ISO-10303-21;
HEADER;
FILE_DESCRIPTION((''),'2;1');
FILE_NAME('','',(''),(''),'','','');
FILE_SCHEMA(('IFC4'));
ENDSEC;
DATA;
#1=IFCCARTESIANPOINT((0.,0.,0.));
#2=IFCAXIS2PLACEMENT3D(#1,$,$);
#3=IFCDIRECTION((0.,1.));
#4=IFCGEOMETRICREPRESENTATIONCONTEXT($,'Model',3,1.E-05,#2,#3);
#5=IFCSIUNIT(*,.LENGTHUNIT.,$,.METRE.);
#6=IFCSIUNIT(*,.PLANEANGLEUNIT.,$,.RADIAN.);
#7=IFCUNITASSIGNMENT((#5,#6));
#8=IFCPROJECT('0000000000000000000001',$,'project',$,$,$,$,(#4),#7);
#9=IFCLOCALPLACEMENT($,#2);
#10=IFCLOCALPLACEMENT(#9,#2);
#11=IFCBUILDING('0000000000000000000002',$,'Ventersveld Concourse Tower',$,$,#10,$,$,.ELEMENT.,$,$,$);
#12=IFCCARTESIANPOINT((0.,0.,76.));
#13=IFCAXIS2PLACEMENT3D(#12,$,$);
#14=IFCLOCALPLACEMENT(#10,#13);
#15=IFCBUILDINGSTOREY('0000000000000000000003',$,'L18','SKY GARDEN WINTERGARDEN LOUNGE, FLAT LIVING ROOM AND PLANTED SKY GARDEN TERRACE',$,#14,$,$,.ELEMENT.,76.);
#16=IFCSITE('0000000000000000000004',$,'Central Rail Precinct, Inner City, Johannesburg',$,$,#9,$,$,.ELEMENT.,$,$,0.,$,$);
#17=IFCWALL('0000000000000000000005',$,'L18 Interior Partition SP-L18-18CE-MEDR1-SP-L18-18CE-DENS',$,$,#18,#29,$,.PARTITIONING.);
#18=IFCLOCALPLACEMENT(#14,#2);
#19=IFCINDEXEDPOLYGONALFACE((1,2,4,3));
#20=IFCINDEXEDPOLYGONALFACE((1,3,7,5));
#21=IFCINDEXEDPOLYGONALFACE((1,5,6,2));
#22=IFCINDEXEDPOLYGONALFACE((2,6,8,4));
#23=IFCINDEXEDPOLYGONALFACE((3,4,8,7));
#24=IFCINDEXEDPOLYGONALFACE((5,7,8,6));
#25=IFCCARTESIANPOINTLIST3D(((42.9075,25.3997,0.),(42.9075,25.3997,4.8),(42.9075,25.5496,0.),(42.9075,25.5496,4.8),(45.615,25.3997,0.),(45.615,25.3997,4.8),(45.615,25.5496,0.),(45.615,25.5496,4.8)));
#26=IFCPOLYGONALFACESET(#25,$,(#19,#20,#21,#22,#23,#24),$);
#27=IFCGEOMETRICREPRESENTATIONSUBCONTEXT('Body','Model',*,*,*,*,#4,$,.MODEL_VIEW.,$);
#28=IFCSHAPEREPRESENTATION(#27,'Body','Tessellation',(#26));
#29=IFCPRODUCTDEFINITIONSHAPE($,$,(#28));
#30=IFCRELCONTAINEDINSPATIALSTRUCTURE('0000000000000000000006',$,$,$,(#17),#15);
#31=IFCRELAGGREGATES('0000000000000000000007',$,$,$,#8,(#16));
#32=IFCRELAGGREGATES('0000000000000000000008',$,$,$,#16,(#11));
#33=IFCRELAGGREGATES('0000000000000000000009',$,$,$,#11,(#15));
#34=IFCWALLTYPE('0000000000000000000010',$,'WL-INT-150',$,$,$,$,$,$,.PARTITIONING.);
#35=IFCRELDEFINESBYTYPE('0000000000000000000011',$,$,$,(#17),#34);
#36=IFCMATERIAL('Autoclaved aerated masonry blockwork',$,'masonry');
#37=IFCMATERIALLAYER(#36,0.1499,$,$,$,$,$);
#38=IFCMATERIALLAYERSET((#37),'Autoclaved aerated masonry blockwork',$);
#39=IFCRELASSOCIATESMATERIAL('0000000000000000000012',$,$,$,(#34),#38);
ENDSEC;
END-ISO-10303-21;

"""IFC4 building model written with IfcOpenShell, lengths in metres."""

from ifc_helpers import new_model, si_unit, direction, frame, frame_2d, origin, place, context, subcontext, project, spatial, rectangle, extrude, material, layer, layer_set, type_object, element, save


model = new_model("IFC4")

# Units and contexts
model_context = context("Model", 3, precision=1e-05, world=origin(), true_north=direction((0.0, 1.0)))
body_context = subcontext(model_context, "Body", "Model", "MODEL_VIEW")
ifc_project = project(units=[si_unit("LENGTHUNIT", "METRE"), si_unit("PLANEANGLEUNIT", "RADIAN")], contexts=[model_context])

# Site, building, storey
site_placement = place(None, origin())
site = spatial("IfcSite", under=ifc_project, at=site_placement, Name="Central Rail Precinct, Inner City, Johannesburg", CompositionType="ELEMENT", RefElevation=0.0)
building_placement = place(site_placement, origin())
building = spatial("IfcBuilding", under=site, at=building_placement, Name="Ventersveld Concourse Tower", CompositionType="ELEMENT")
storey_placement = place(building_placement, frame((0.0, 0.0, 76.0)))
storey = spatial("IfcBuildingStorey", under=building, at=storey_placement, Name="L18", Description="SKY GARDEN WINTERGARDEN LOUNGE, FLAT LIVING ROOM AND PLANTED SKY GARDEN TERRACE", CompositionType="ELEMENT", Elevation=76.0)

# Shared definitions
ifc_material_1 = material(Name="Autoclaved aerated masonry blockwork", Category="masonry")
ifc_layer_1 = layer(ifc_material_1, 0.1499)
ifc_layer_set_1 = layer_set([ifc_layer_1], Name="Autoclaved aerated masonry blockwork")
wall_type_1 = type_object("IfcWallType", Name="WL-INT-150", PredefinedType="PARTITIONING", material=ifc_layer_set_1)

# Wall
for number, where, z_axis, x_axis, name in (
    (1, (42.9075, 25.4746, 0.0), (0.0, 0.0, 1.0), (1.0, 0.0, 0.0), "L18 Interior Partition SP-L18-18CE-MEDR1-SP-L18-18CE-DENS"),
):
    element("IfcWall", number, at=place(storey_placement, frame(where, z_axis=z_axis, x_axis=x_axis)), inside=storey, type_object=wall_type_1, Name=name, PredefinedType="PARTITIONING", context=body_context, shape_type="SweptSolid", body=[
        extrude(rectangle(XDim=2.7075, YDim=0.1499, at=frame_2d((1.3538, 0.0))), origin(), (0.0, 0.0, 1.0), 4.8),
    ])

save(model, "model.ifc")
